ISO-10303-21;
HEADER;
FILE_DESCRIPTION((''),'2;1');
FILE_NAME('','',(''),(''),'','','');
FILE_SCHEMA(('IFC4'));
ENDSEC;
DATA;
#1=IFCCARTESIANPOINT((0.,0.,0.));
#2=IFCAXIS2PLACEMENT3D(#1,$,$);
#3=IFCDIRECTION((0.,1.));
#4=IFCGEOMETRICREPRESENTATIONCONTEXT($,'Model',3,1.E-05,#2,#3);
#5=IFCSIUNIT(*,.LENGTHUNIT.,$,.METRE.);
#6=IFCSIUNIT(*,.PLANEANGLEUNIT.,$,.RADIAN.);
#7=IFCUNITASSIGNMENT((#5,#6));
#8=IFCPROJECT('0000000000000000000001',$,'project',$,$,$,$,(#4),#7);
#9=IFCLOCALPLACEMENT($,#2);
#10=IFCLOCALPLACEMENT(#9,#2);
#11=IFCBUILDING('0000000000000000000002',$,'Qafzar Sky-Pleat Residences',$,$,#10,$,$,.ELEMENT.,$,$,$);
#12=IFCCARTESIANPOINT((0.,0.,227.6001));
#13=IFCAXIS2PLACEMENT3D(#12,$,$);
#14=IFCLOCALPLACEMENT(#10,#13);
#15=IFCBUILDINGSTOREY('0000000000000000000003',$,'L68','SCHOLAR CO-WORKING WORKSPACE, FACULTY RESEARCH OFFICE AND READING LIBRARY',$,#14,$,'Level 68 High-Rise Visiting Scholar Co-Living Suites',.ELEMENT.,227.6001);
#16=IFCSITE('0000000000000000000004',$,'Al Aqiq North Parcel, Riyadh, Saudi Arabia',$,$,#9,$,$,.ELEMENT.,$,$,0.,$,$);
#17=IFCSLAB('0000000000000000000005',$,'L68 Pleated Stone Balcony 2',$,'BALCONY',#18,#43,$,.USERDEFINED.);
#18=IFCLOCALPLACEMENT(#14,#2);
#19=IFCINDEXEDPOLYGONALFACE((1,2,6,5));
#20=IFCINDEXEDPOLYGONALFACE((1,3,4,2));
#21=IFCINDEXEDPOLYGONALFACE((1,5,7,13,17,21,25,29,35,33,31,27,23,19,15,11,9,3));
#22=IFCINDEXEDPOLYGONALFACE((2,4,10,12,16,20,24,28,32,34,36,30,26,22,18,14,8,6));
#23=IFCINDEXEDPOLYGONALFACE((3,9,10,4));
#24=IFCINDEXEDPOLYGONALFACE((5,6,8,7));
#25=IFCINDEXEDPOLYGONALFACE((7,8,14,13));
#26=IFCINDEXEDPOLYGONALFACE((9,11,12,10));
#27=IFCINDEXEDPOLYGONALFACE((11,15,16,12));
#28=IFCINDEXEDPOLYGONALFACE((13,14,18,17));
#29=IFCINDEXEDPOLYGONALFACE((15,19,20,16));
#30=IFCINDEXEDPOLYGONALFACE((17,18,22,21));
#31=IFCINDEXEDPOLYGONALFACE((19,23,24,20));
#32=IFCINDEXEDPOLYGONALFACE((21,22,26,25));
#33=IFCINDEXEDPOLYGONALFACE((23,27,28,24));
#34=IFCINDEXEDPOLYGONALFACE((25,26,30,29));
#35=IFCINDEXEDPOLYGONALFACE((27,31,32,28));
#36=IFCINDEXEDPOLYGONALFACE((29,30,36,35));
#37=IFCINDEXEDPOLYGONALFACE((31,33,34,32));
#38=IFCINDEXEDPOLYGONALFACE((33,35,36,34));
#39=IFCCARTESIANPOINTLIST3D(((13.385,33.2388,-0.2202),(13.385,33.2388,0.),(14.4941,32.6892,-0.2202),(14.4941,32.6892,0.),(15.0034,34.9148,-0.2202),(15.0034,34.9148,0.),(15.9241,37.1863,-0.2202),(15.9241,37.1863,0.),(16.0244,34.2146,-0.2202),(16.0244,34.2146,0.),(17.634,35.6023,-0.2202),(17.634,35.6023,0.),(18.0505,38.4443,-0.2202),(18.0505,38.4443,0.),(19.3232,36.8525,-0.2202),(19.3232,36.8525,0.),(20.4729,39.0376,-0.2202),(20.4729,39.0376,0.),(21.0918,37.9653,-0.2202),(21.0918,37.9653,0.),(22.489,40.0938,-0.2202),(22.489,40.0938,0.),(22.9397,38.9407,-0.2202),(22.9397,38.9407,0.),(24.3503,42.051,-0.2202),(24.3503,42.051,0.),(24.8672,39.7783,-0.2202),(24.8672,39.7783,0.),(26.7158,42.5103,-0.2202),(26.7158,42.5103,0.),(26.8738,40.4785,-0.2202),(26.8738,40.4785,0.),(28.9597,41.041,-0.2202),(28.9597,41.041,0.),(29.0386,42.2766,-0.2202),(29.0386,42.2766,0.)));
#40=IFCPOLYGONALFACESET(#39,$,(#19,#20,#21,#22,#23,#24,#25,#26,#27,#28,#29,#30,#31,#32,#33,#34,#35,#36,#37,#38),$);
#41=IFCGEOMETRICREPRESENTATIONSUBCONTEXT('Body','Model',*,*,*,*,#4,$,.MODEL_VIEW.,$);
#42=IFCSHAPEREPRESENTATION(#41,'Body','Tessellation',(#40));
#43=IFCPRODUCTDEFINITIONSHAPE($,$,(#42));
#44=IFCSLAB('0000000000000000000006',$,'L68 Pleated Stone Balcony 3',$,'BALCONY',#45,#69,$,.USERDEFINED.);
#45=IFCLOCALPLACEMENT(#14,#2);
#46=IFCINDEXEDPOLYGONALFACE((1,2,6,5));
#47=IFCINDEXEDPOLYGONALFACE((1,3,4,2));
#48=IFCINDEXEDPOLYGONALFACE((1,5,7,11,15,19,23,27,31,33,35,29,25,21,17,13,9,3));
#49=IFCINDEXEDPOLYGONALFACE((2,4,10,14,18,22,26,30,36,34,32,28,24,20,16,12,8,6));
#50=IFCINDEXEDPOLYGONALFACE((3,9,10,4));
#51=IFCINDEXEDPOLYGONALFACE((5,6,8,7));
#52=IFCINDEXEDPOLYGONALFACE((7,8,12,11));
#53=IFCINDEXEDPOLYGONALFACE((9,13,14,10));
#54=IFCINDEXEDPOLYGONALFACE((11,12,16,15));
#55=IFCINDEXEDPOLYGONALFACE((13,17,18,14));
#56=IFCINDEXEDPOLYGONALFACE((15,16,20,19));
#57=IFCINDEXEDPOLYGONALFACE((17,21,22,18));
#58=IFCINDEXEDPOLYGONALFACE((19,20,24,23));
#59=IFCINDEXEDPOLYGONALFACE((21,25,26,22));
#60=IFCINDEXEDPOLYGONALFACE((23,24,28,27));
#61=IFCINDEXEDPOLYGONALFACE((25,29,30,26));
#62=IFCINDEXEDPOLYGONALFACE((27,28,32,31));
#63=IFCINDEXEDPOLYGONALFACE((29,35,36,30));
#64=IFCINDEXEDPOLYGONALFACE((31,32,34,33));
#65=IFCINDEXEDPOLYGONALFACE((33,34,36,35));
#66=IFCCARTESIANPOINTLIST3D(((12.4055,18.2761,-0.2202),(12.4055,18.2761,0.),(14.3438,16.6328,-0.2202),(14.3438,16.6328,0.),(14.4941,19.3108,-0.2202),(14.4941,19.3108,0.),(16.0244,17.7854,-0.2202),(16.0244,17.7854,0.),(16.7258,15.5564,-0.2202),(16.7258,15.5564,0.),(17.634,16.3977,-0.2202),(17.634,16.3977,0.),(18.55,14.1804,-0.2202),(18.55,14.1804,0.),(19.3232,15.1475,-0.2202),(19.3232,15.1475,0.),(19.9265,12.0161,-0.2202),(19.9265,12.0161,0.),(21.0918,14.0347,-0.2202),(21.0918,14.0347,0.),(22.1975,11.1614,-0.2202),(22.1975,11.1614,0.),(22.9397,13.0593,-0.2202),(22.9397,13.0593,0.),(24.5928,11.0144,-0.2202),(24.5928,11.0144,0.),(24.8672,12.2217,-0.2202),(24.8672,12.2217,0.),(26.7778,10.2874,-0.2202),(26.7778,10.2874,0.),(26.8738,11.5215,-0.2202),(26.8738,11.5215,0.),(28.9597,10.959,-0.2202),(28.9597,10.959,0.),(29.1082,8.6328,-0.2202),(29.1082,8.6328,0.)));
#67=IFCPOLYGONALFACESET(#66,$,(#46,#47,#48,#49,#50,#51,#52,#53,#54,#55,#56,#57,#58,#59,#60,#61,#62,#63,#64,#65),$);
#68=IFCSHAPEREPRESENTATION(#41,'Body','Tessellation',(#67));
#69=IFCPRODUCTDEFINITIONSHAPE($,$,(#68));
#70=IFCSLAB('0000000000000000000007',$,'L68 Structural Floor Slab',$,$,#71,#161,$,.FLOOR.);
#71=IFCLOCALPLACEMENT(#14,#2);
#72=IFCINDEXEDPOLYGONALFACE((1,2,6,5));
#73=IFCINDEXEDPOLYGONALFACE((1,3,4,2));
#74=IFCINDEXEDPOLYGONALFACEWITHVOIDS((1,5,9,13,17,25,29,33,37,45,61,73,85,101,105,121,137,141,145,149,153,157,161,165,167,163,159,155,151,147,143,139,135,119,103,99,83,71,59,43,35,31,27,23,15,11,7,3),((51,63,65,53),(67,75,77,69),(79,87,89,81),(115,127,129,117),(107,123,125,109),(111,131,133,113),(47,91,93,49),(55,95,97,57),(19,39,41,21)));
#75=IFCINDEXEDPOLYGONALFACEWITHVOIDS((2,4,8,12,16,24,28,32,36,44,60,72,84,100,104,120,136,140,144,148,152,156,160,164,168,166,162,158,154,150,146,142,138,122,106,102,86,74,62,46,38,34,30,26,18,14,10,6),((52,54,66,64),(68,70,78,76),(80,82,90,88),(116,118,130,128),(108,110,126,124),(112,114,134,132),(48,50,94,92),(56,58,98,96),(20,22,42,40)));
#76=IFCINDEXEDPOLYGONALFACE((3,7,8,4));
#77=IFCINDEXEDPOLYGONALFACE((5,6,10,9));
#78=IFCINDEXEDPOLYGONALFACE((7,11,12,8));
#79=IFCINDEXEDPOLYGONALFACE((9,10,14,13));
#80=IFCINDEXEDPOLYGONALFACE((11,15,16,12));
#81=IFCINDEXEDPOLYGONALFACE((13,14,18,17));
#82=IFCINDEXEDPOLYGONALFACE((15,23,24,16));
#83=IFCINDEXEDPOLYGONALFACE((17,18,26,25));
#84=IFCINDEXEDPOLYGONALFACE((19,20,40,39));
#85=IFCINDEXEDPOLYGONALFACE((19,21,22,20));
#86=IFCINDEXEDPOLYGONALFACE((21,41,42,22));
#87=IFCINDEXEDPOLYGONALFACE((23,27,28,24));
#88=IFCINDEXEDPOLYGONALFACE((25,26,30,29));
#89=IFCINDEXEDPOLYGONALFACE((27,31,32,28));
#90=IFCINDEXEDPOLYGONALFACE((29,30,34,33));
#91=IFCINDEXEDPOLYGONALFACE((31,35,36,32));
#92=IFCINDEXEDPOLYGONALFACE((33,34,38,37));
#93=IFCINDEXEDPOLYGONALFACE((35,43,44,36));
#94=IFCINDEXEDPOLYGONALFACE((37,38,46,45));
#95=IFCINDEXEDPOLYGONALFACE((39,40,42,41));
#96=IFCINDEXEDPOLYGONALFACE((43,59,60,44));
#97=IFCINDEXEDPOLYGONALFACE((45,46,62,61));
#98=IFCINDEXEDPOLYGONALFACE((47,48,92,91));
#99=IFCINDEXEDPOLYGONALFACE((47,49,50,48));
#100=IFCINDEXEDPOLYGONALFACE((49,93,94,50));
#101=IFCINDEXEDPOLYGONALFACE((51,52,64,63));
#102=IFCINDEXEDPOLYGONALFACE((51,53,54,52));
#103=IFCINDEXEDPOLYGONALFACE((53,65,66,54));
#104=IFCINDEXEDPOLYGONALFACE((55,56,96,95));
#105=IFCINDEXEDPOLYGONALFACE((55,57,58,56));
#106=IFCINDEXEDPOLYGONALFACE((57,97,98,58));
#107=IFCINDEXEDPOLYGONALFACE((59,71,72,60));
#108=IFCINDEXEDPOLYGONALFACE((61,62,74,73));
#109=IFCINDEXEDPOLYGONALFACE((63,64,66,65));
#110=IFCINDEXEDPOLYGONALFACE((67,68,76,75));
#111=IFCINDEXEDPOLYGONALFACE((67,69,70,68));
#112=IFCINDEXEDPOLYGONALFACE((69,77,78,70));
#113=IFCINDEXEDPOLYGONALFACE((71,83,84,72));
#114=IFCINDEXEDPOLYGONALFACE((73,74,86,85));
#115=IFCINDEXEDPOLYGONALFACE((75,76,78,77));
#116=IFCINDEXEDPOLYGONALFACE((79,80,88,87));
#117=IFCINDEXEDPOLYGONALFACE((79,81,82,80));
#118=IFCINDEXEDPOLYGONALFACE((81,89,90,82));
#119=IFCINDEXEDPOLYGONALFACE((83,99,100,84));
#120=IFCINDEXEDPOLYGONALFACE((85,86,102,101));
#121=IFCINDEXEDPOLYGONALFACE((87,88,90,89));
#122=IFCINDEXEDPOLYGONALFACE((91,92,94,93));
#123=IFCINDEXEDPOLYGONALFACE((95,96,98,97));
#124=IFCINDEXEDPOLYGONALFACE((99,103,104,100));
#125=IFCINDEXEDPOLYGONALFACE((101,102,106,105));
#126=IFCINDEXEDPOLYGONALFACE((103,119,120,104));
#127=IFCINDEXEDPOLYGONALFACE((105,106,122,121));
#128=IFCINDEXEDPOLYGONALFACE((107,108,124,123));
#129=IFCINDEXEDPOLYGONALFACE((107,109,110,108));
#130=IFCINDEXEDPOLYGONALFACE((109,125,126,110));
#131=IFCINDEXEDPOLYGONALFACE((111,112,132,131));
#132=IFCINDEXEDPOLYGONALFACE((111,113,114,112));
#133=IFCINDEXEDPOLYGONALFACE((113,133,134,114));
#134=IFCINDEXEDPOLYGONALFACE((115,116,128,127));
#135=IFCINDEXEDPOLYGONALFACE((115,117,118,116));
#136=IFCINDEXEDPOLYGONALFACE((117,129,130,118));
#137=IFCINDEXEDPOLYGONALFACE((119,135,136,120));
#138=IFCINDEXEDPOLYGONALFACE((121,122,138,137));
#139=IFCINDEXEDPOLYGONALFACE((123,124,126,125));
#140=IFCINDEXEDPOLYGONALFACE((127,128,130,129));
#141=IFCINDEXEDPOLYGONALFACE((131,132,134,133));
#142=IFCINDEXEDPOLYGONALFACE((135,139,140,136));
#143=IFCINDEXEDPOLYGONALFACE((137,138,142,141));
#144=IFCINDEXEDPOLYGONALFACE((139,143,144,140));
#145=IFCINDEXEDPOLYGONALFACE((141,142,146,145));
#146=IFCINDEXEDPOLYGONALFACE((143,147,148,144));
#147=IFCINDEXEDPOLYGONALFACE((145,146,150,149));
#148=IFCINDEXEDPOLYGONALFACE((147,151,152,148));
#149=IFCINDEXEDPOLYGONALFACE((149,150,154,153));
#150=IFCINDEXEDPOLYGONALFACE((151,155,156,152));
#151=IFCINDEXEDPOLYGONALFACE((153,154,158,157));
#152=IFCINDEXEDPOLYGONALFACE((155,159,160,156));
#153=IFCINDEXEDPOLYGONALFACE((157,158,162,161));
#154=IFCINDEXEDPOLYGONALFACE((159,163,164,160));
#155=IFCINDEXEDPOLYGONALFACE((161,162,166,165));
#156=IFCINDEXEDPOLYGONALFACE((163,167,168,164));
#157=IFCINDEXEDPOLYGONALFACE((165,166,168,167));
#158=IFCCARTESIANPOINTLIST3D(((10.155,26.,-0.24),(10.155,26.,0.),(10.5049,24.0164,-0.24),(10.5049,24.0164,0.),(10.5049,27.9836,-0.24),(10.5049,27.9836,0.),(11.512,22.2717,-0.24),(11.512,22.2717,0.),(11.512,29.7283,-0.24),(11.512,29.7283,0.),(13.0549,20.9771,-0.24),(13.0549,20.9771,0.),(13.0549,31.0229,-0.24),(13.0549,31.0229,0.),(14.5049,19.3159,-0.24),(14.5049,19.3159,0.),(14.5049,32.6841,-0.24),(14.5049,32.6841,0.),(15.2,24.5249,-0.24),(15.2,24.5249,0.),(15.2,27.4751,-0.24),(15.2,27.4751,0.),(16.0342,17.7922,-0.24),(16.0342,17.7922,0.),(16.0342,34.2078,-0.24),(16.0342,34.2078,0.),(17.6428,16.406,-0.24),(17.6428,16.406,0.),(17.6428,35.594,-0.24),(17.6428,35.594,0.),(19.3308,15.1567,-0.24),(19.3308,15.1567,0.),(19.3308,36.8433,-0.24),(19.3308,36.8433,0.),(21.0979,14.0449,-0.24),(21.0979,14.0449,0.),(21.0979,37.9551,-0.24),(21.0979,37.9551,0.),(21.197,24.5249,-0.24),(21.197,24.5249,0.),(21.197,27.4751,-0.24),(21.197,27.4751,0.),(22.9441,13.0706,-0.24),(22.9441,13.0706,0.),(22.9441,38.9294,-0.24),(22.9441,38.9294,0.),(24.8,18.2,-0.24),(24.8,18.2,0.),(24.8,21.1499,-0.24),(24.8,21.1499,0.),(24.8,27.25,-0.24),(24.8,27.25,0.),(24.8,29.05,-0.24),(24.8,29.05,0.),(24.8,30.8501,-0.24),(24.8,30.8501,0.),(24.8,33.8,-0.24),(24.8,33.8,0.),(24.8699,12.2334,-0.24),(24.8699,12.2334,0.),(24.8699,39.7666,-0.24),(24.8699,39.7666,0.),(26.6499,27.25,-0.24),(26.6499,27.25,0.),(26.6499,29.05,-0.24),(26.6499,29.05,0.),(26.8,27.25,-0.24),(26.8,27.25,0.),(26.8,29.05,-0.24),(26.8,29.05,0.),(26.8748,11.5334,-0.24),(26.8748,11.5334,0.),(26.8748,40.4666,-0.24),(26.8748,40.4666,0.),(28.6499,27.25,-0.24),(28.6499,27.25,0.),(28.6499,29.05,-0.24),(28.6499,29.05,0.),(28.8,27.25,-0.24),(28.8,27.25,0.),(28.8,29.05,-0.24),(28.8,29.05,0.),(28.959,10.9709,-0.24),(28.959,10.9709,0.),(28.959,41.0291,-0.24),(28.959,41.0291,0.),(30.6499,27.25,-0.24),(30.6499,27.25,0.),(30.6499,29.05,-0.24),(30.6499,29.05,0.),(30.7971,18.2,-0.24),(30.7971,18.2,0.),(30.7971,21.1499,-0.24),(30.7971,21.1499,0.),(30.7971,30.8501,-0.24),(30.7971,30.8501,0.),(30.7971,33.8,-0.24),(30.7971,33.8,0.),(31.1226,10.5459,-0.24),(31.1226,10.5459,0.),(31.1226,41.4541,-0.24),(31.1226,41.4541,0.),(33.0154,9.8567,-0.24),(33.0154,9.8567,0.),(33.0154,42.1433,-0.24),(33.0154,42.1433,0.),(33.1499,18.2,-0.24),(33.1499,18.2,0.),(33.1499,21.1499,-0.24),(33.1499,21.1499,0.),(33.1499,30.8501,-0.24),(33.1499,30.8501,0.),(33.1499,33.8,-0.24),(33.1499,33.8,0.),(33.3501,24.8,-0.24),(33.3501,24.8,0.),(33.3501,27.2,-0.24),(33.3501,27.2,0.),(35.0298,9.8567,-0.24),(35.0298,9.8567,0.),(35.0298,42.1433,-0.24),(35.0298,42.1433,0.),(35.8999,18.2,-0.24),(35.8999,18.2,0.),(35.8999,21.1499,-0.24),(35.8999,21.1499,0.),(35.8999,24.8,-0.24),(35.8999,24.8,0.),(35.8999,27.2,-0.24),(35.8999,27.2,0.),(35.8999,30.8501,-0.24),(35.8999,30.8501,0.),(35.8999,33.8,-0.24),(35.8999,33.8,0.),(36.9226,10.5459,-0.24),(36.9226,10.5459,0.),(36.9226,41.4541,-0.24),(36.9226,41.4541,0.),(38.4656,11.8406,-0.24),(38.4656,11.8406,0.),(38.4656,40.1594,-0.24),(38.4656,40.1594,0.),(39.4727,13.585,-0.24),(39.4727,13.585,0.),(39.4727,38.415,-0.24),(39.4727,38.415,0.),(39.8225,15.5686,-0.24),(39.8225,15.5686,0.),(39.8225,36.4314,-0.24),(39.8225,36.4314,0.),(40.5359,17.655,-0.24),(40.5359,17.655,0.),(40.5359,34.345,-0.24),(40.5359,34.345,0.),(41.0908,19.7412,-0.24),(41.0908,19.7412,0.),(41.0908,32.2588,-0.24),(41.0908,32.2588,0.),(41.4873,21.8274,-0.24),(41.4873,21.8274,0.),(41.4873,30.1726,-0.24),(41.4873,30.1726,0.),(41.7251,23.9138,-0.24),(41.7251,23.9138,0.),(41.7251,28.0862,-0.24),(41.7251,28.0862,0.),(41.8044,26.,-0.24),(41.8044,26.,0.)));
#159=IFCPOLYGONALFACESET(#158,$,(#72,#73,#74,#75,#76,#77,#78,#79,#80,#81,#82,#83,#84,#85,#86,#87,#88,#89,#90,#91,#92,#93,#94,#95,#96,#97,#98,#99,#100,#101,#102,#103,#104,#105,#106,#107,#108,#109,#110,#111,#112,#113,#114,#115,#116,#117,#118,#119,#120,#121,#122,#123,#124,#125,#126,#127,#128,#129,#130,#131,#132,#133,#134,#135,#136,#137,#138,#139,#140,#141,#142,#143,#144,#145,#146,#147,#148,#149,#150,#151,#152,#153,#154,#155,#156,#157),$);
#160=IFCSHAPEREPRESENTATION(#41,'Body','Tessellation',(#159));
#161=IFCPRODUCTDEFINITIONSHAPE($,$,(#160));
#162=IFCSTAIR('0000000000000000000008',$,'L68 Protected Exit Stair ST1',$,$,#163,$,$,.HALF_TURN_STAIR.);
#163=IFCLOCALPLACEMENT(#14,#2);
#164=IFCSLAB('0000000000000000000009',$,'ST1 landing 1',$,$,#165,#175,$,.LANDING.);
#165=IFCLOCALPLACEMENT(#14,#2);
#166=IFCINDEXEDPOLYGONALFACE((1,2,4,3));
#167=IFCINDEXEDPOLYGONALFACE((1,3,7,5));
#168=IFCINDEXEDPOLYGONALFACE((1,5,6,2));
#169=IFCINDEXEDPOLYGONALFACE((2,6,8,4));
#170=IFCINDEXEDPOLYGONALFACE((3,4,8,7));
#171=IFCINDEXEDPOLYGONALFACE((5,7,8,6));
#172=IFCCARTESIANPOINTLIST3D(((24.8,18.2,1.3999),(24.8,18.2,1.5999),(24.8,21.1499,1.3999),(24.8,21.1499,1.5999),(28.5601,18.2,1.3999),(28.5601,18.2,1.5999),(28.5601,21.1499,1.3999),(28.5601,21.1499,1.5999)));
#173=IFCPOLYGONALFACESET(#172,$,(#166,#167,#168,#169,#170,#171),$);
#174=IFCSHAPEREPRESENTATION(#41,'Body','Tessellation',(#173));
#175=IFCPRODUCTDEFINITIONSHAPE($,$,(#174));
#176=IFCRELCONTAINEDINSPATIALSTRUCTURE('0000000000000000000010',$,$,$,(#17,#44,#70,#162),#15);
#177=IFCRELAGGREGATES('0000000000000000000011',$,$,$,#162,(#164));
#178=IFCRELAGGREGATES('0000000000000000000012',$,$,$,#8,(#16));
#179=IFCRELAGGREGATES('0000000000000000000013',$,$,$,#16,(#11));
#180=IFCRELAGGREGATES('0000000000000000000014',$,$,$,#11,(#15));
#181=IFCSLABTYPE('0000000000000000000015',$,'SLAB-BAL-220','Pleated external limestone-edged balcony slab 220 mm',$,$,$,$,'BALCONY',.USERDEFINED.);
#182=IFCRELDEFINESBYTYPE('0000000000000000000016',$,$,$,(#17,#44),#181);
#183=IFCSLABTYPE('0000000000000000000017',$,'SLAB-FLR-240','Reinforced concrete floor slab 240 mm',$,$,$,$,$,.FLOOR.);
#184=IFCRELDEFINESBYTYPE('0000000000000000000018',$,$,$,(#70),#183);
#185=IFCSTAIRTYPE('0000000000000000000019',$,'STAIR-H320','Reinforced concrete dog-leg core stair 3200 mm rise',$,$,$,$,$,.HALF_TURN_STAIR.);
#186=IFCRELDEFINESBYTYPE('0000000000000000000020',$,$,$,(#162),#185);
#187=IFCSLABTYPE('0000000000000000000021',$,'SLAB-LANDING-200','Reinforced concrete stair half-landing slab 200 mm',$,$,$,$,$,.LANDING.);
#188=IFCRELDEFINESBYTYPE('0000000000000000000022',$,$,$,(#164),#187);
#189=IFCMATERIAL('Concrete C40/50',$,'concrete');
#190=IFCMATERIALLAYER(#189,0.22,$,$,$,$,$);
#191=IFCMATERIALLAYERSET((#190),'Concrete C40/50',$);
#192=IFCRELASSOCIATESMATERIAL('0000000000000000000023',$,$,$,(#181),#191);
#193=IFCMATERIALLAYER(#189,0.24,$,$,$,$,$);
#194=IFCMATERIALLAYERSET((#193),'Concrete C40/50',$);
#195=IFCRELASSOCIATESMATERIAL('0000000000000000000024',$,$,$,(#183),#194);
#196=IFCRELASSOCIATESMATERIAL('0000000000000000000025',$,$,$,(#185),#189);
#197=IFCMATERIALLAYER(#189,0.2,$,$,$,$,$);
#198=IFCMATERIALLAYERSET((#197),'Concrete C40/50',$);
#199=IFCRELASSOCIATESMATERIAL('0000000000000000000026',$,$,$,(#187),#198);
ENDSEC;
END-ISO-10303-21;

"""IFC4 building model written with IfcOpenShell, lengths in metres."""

from ifc_helpers import new_model, si_unit, direction, frame, origin, place, context, subcontext, project, spatial, polyline, outline, extrude, material, layer, layer_set, type_object, element, aggregate, save


model = new_model("IFC4")

# Units and contexts
model_context = context("Model", 3, precision=1e-05, world=origin(), true_north=direction((0.0, 1.0)))
body_context = subcontext(model_context, "Body", "Model", "MODEL_VIEW")
ifc_project = project(units=[si_unit("LENGTHUNIT", "METRE"), si_unit("PLANEANGLEUNIT", "RADIAN")], contexts=[model_context])

# Site, building, storey
site_placement = place(None, origin())
site = spatial("IfcSite", under=ifc_project, at=site_placement, Name="Al Aqiq North Parcel, Riyadh, Saudi Arabia", CompositionType="ELEMENT", RefElevation=0.0)
building_placement = place(site_placement, origin())
building = spatial("IfcBuilding", under=site, at=building_placement, Name="Qafzar Sky-Pleat Residences", CompositionType="ELEMENT")
storey_placement = place(building_placement, frame((0.0, 0.0, 227.6001)))
storey = spatial("IfcBuildingStorey", under=building, at=storey_placement, Name="L68", Description="SCHOLAR CO-WORKING WORKSPACE, FACULTY RESEARCH OFFICE AND READING LIBRARY", LongName="Level 68 High-Rise Visiting Scholar Co-Living Suites", CompositionType="ELEMENT", Elevation=227.6001)

# Slabs
ifc_material_1 = material(Name="Concrete C40/50", Category="concrete")
ifc_layer_1 = layer(ifc_material_1, 0.22)
ifc_layer_set_1 = layer_set([ifc_layer_1], Name="Concrete C40/50")
slab_type_1 = type_object("IfcSlabType", Name="SLAB-BAL-220", Description="Pleated external limestone-edged balcony slab 220 mm", ElementType="BALCONY", PredefinedType="USERDEFINED", material=ifc_layer_set_1)
slab_1_placement = place(storey_placement, frame((0.0, 0.0, -0.2202)))
element("IfcSlab", 1, at=slab_1_placement, inside=storey, type_object=slab_type_1, Name="L68 Pleated Stone Balcony 2", ObjectType="BALCONY", PredefinedType="USERDEFINED", context=body_context, shape_type="SweptSolid", body=[
    extrude(outline(polyline([(26.8738, 40.4785), (24.8672, 39.7783), (22.9397, 38.9407), (21.0918, 37.9653), (19.3232, 36.8525), (17.634, 35.6023), (16.0244, 34.2146), (14.4941, 32.6892), (13.385, 33.2388), (15.0034, 34.9148), (15.9241, 37.1863), (18.0505, 38.4443), (20.4729, 39.0376), (22.489, 40.0938), (24.3503, 42.051), (26.7158, 42.5103), (29.0386, 42.2766), (28.9597, 41.041), (26.8738, 40.4785)])), origin(), (0.0, 0.0, 1.0), 0.2202),
])
slab_2_placement = place(storey_placement, frame((0.0, 0.0, -0.2202)))
element("IfcSlab", 2, at=slab_2_placement, inside=storey, type_object=slab_type_1, Name="L68 Pleated Stone Balcony 3", ObjectType="BALCONY", PredefinedType="USERDEFINED", context=body_context, shape_type="SweptSolid", body=[
    extrude(outline(polyline([(16.0244, 17.7854), (17.634, 16.3977), (19.3232, 15.1475), (21.0918, 14.0347), (22.9397, 13.0593), (24.8672, 12.2217), (26.8738, 11.5215), (28.9597, 10.959), (29.1082, 8.6328), (26.7778, 10.2874), (24.5928, 11.0144), (22.1975, 11.1614), (19.9265, 12.0161), (18.55, 14.1804), (16.7258, 15.5564), (14.3438, 16.6328), (12.4055, 18.2761), (14.4941, 19.3108), (16.0244, 17.7854)])), origin(), (0.0, 0.0, 1.0), 0.2202),
])
ifc_layer_2 = layer(ifc_material_1, 0.24)
ifc_layer_set_2 = layer_set([ifc_layer_2], Name="Concrete C40/50")
slab_type_2 = type_object("IfcSlabType", Name="SLAB-FLR-240", Description="Reinforced concrete floor slab 240 mm", PredefinedType="FLOOR", material=ifc_layer_set_2)
slab_3_placement = place(storey_placement, frame((0.0, 0.0, -0.24)))
element("IfcSlab", 3, at=slab_3_placement, inside=storey, type_object=slab_type_2, Name="L68 Structural Floor Slab", PredefinedType="FLOOR", context=body_context, shape_type="SweptSolid", body=[
    extrude(outline(polyline([(13.0549, 31.0229), (11.512, 29.7283), (10.5049, 27.9836), (10.155, 26.0), (10.5049, 24.0164), (11.512, 22.2717), (13.0549, 20.9771), (14.5049, 19.3159), (16.0342, 17.7922), (17.6428, 16.406), (19.3308, 15.1567), (21.0979, 14.0449), (22.9441, 13.0706), (24.8699, 12.2334), (26.8748, 11.5334), (28.959, 10.9709), (31.1226, 10.5459), (33.0154, 9.8567), (35.0298, 9.8567), (36.9226, 10.5459), (38.4656, 11.8406), (39.4727, 13.585), (39.8225, 15.5686), (40.5359, 17.655), (41.0908, 19.7412), (41.4873, 21.8274), (41.7251, 23.9138), (41.8044, 26.0), (41.7251, 28.0862), (41.4873, 30.1726), (41.0908, 32.2588), (40.5359, 34.345), (39.8225, 36.4314), (39.4727, 38.415), (38.4656, 40.1594), (36.9226, 41.4541), (35.0298, 42.1433), (33.0154, 42.1433), (31.1226, 41.4541), (28.959, 41.0291), (26.8748, 40.4666), (24.8699, 39.7666), (22.9441, 38.9294), (21.0979, 37.9551), (19.3308, 36.8433), (17.6428, 35.594), (16.0342, 34.2078), (14.5049, 32.6841), (13.0549, 31.0229)]), holes=[polyline([(30.7971, 21.1499), (24.8, 21.1499), (24.8, 18.2), (30.7971, 18.2), (30.7971, 21.1499)]), polyline([(30.7971, 33.8), (24.8, 33.8), (24.8, 30.8501), (30.7971, 30.8501), (30.7971, 33.8)]), polyline([(21.197, 27.4751), (15.2, 27.4751), (15.2, 24.5249), (21.197, 24.5249), (21.197, 27.4751)]), polyline([(24.8, 27.25), (26.6499, 27.25), (26.6499, 29.05), (24.8, 29.05), (24.8, 27.25)]), polyline([(26.8, 27.25), (28.6499, 27.25), (28.6499, 29.05), (26.8, 29.05), (26.8, 27.25)]), polyline([(28.8, 27.25), (30.6499, 27.25), (30.6499, 29.05), (28.8, 29.05), (28.8, 27.25)]), polyline([(33.1499, 18.2), (35.8999, 18.2), (35.8999, 21.1499), (33.1499, 21.1499), (33.1499, 18.2)]), polyline([(33.1499, 30.8501), (35.8999, 30.8501), (35.8999, 33.8), (33.1499, 33.8), (33.1499, 30.8501)]), polyline([(33.3501, 24.8), (35.8999, 24.8), (35.8999, 27.2), (33.3501, 27.2), (33.3501, 24.8)])]), origin(), (0.0, 0.0, 1.0), 0.24),
])

# Stair, slab
stair_type = type_object("IfcStairType", Name="STAIR-H320", Description="Reinforced concrete dog-leg core stair 3200 mm rise", PredefinedType="HALF_TURN_STAIR", material=ifc_material_1)
stair_1_placement = place(storey_placement, origin())
stair_1 = element("IfcStair", 4, at=stair_1_placement, inside=storey, type_object=stair_type, Name="L68 Protected Exit Stair ST1", PredefinedType="HALF_TURN_STAIR")
ifc_layer_3 = layer(ifc_material_1, 0.2)
ifc_layer_set_3 = layer_set([ifc_layer_3], Name="Concrete C40/50")
slab_type_3 = type_object("IfcSlabType", Name="SLAB-LANDING-200", Description="Reinforced concrete stair half-landing slab 200 mm", PredefinedType="LANDING", material=ifc_layer_set_3)
slab_4_placement = place(storey_placement, frame((0.0, 0.0, 1.3999)))
slab_4 = element("IfcSlab", 5, at=slab_4_placement, type_object=slab_type_3, Name="ST1 landing 1", PredefinedType="LANDING", context=body_context, shape_type="SweptSolid", body=[
    extrude(outline(polyline([(28.5601, 21.1499), (24.8, 21.1499), (24.8, 18.2), (28.5601, 18.2), (28.5601, 21.1499)])), origin(), (0.0, 0.0, 1.0), 0.2),
])
aggregate(stair_1, [slab_4])

save(model, "model.ifc")
